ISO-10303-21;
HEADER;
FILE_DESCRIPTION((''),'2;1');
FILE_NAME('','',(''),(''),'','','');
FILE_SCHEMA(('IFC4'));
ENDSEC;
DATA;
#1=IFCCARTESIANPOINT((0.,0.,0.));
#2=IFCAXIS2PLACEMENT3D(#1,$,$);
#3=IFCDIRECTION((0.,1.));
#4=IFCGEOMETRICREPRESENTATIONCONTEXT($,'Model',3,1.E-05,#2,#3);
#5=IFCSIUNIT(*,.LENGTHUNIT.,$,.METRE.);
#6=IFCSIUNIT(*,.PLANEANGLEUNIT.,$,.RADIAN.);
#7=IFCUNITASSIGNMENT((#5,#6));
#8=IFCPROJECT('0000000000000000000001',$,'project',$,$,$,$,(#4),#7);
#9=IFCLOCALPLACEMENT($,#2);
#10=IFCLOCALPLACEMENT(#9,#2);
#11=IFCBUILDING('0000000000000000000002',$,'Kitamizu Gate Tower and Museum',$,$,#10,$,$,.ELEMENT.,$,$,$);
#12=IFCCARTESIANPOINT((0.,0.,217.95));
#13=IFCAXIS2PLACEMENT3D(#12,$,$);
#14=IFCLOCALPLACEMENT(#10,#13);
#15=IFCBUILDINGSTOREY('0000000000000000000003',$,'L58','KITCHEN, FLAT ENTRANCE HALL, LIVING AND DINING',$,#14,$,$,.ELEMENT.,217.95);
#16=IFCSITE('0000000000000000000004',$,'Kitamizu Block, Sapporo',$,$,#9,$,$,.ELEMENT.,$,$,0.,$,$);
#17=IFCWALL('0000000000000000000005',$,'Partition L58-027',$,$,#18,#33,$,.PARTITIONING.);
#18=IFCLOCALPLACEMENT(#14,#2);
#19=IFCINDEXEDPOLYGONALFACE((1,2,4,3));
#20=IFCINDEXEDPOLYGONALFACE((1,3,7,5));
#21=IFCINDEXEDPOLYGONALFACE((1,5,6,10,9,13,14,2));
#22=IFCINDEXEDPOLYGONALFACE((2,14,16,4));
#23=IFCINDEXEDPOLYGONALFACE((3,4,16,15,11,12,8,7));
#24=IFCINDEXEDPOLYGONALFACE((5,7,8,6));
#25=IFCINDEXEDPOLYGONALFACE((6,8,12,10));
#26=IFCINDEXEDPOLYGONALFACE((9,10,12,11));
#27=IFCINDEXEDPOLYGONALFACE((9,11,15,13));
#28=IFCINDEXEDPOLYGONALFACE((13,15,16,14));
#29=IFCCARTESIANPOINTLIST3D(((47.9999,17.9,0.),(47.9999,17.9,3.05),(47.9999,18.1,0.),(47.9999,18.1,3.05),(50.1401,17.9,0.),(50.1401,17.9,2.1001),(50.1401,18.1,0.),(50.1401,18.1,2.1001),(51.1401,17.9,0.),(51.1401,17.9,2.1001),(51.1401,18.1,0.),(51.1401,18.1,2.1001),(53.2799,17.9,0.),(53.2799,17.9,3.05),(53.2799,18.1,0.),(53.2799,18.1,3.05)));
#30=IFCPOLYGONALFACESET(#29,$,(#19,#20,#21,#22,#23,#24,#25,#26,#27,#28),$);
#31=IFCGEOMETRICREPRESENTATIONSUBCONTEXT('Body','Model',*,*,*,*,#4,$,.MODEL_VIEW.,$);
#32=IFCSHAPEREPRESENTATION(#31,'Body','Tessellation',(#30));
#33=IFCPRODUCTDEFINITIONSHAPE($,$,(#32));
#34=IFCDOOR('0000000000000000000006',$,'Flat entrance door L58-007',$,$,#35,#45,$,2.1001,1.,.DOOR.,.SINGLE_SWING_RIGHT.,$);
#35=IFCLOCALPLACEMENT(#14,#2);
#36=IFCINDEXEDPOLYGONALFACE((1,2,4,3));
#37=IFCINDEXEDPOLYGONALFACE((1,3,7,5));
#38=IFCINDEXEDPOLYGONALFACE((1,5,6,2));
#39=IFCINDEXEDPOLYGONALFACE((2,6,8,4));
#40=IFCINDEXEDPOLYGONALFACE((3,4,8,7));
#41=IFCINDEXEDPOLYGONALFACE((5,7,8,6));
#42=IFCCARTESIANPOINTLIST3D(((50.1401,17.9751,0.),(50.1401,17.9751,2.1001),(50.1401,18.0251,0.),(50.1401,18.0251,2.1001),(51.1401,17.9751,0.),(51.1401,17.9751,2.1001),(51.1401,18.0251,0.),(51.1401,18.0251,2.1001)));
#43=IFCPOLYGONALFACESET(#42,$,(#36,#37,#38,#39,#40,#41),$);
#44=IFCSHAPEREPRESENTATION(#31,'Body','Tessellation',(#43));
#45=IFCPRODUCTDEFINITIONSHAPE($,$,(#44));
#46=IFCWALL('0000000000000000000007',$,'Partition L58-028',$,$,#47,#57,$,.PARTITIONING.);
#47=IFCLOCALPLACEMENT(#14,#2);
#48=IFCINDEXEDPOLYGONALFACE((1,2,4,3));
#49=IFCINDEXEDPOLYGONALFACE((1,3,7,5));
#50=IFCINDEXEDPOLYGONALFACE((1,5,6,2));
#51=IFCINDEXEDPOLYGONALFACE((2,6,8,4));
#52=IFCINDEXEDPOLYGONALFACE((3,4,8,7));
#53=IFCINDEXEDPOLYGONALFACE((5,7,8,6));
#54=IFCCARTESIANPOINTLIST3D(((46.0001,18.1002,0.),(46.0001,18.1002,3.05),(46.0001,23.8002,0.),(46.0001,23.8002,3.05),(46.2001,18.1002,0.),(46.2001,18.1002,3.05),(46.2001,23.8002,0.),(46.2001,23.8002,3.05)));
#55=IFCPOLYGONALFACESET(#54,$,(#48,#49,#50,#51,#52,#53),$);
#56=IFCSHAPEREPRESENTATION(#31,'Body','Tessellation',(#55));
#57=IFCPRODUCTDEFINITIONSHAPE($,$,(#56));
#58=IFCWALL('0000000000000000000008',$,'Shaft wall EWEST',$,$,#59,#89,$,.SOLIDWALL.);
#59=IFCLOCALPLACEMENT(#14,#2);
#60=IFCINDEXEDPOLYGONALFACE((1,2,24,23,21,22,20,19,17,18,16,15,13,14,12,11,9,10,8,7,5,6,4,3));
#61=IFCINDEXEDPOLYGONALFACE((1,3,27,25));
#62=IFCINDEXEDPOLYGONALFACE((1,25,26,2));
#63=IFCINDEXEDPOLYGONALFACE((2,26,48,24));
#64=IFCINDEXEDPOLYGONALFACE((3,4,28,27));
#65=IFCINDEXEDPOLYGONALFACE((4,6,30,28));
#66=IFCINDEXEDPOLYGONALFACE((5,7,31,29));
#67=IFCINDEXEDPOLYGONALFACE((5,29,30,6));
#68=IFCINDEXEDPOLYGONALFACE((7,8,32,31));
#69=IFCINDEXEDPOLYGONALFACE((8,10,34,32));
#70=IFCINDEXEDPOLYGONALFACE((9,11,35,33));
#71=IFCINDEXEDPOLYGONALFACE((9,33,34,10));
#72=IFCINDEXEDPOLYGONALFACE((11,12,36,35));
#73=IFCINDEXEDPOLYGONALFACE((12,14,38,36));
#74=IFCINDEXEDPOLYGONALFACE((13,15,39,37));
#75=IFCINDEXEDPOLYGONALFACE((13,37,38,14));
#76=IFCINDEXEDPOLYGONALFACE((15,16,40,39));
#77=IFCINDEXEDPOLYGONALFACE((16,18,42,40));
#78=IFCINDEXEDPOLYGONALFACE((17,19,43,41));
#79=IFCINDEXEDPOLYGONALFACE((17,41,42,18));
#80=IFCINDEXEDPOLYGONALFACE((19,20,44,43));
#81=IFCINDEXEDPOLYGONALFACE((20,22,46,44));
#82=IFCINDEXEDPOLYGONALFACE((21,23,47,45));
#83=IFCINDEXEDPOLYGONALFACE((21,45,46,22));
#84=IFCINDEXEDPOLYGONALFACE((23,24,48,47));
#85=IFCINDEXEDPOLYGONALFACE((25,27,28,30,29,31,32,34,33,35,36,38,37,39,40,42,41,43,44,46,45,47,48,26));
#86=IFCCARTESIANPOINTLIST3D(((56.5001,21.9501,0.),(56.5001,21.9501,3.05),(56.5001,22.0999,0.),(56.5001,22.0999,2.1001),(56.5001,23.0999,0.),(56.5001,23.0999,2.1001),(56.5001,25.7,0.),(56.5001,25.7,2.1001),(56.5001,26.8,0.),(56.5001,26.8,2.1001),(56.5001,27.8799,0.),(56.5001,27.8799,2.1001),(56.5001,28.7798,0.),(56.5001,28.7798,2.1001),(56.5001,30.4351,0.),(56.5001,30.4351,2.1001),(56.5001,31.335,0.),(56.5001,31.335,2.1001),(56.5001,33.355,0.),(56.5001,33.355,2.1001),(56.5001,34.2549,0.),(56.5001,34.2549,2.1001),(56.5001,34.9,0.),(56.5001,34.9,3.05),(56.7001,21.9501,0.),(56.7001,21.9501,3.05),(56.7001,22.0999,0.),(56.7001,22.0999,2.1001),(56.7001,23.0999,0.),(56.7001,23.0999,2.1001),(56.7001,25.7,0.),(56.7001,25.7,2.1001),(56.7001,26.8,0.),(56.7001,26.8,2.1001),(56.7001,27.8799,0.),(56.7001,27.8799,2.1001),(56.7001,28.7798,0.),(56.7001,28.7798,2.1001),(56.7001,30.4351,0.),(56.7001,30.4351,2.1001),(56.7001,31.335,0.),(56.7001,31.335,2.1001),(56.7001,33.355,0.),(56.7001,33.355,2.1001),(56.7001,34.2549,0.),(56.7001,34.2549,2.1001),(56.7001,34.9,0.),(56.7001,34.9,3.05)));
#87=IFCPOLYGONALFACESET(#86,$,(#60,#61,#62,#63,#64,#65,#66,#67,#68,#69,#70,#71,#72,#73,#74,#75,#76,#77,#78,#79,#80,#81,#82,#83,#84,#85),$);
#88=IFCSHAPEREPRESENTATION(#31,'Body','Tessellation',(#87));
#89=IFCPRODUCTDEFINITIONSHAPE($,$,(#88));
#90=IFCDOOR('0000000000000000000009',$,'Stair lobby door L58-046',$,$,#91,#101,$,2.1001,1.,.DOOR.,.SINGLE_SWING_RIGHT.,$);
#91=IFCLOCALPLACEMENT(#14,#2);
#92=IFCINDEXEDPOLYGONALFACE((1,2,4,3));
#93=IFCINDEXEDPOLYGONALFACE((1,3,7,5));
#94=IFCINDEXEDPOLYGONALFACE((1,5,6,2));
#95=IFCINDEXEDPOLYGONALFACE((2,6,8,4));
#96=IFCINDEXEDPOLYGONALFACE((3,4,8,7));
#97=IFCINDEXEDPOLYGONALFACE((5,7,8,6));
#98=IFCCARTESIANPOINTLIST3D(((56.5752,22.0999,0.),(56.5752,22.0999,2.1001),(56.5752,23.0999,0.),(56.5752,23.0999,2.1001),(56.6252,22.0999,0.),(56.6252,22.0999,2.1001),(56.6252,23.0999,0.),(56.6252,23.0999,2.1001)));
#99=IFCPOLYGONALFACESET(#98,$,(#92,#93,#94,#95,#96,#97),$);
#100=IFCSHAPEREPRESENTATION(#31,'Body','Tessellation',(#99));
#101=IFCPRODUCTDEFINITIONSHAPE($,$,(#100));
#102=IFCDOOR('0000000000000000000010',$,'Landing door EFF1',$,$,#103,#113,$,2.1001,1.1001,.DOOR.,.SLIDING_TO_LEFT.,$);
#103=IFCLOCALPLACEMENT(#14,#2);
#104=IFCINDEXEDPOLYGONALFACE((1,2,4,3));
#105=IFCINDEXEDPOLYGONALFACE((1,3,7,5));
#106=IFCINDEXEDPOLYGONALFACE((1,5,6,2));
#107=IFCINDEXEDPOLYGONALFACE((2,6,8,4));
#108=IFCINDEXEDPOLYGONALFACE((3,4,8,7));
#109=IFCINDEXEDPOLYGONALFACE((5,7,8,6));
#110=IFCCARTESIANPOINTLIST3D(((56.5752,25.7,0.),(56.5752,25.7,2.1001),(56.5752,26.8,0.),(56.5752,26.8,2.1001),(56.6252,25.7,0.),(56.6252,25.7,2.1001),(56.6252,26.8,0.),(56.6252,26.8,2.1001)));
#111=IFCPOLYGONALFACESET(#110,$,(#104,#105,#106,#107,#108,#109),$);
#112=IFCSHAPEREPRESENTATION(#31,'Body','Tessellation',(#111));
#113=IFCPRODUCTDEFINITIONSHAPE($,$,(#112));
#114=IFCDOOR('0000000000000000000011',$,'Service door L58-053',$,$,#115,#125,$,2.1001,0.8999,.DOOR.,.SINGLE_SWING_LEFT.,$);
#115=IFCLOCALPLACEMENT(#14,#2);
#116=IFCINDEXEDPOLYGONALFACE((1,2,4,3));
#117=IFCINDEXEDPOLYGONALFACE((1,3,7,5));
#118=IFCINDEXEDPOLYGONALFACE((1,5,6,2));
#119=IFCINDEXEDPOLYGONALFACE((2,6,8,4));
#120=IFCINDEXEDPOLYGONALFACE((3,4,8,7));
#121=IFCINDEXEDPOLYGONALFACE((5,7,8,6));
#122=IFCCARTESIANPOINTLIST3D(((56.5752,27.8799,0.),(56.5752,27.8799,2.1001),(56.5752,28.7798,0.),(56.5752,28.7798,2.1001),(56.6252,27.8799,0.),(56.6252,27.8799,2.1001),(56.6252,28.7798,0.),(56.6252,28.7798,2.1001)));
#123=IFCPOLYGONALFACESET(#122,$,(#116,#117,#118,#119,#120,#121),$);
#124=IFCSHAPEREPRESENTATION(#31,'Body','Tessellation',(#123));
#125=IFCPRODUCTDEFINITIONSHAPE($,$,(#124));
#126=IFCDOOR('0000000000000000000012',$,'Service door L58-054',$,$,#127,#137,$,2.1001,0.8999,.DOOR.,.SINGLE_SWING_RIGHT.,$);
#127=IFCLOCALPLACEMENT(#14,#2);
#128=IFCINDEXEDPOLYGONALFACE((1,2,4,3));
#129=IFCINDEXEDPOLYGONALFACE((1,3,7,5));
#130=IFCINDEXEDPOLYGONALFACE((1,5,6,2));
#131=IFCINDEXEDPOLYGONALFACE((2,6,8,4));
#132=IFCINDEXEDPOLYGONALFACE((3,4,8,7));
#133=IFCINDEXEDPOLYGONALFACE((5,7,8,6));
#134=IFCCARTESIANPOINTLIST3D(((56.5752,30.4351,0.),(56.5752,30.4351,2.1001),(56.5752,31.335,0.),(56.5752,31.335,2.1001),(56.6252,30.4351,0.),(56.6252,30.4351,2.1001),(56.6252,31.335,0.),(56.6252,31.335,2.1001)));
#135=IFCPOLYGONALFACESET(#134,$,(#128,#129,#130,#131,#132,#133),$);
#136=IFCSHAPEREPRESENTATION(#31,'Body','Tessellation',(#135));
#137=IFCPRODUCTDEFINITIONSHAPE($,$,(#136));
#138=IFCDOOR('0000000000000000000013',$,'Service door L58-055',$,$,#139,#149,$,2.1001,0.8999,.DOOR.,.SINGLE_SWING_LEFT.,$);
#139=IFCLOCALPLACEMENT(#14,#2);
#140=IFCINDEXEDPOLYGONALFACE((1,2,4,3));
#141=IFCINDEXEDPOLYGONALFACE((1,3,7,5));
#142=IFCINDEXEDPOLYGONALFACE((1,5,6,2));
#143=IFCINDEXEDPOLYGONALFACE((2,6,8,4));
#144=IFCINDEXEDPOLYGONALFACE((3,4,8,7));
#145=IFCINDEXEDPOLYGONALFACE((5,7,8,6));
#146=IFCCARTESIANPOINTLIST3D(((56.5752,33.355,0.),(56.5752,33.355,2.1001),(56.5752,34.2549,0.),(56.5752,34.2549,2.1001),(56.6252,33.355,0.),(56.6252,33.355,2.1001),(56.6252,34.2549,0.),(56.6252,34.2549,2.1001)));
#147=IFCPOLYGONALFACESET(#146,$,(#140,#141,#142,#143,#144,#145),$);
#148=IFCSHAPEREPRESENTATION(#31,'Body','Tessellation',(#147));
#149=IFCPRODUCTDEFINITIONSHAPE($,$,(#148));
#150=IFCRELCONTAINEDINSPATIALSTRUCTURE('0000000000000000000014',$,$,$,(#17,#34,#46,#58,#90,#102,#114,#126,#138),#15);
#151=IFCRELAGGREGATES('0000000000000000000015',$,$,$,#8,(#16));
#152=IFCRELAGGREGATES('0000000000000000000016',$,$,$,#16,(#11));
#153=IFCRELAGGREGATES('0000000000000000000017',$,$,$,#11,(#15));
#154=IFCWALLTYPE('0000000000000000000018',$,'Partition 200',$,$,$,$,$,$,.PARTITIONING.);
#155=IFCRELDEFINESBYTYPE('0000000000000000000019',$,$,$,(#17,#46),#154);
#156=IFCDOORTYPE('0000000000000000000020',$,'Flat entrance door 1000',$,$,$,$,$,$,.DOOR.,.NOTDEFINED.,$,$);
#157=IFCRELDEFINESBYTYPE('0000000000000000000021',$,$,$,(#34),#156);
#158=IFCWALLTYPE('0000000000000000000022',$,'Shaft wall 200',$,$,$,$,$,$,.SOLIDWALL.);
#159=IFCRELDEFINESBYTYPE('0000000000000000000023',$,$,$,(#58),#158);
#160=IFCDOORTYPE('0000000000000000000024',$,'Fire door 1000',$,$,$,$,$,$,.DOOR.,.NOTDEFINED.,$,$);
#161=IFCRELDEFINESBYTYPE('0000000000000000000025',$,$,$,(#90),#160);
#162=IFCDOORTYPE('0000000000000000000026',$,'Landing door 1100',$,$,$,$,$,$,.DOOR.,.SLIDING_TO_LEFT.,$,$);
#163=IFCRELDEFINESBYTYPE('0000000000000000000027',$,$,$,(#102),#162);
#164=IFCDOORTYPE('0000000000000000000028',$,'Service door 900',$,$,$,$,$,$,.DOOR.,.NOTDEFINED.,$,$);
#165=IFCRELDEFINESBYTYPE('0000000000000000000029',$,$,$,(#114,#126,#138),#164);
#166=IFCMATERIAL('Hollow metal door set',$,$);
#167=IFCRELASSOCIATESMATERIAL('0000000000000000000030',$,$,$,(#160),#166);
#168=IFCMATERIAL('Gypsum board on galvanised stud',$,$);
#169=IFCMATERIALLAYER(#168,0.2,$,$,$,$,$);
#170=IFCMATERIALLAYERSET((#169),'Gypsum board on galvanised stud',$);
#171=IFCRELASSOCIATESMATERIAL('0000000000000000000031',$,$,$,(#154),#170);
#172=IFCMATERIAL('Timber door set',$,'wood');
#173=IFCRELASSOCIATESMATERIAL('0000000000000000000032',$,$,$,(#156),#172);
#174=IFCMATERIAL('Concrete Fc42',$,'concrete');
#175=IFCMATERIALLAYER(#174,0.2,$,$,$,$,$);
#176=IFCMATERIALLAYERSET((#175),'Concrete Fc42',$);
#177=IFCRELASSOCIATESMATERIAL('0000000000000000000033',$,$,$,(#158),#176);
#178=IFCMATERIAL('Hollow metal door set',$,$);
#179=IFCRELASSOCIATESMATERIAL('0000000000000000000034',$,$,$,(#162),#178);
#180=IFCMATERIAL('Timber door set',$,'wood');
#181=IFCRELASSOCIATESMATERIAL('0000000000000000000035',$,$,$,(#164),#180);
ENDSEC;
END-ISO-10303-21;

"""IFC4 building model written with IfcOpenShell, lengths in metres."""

from ifc_helpers import new_model, si_unit, direction, frame, frame_2d, origin, place, context, subcontext, project, spatial, rectangle, extrude, material, layer, layer_set, type_object, element, fill, save


model = new_model("IFC4")

# Units and contexts
model_context = context("Model", 3, precision=1e-05, world=origin(), true_north=direction((0.0, 1.0)))
body_context = subcontext(model_context, "Body", "Model", "MODEL_VIEW")
ifc_project = project(units=[si_unit("LENGTHUNIT", "METRE"), si_unit("PLANEANGLEUNIT", "RADIAN")], contexts=[model_context])

# Site, building, storey
site_placement = place(None, origin())
site = spatial("IfcSite", under=ifc_project, at=site_placement, Name="Kitamizu Block, Sapporo", CompositionType="ELEMENT", RefElevation=0.0)
building_placement = place(site_placement, origin())
building = spatial("IfcBuilding", under=site, at=building_placement, Name="Kitamizu Gate Tower and Museum", CompositionType="ELEMENT")
storey_placement = place(building_placement, frame((0.0, 0.0, 217.95)))
storey = spatial("IfcBuildingStorey", under=building, at=storey_placement, Name="L58", Description="KITCHEN, FLAT ENTRANCE HALL, LIVING AND DINING", CompositionType="ELEMENT", Elevation=217.95)

# Shared definitions
ifc_material_1 = material(Name="Hollow metal door set")
door_type_1 = type_object("IfcDoorType", Name="Fire door 1000", OperationType="NOTDEFINED", PredefinedType="DOOR", material=ifc_material_1)

# Shared definitions
ifc_material_2 = material(Name="Gypsum board on galvanised stud")
ifc_layer_1 = layer(ifc_material_2, 0.2)
ifc_layer_set_1 = layer_set([ifc_layer_1], Name="Gypsum board on galvanised stud")
wall_type_1 = type_object("IfcWallType", Name="Partition 200", PredefinedType="PARTITIONING", material=ifc_layer_set_1)

# Wall, opening, door
wall_1_placement = place(storey_placement, frame((53.28, 18.0, 0.0), z_axis=(0.0, 0.0, 1.0), x_axis=(-1.0, 0.0, 0.0)))
wall_1 = element("IfcWall", 1, at=wall_1_placement, inside=storey, type_object=wall_type_1, Name="Partition L58-027", PredefinedType="PARTITIONING", context=body_context, shape_type="SweptSolid", body=[
    extrude(rectangle(XDim=5.28, YDim=0.2, at=frame_2d((2.6401, 0.0))), origin(), (0.0, 0.0, 1.0), 3.05),
])
opening_1_placement = place(wall_1_placement, frame((2.1399, 0.0, 0.0)))
opening_1 = element("IfcOpeningElement", 2, at=opening_1_placement, cuts=wall_1, PredefinedType="OPENING", context=body_context, shape_type="SweptSolid", body=[
    extrude(rectangle(XDim=1.0, YDim=2.1001, at=frame_2d((0.5, 1.05))), frame((0.0, 0.1099, 0.0), z_axis=(0.0, -1.0, 0.0), x_axis=(1.0, 0.0, 0.0)), (0.0, 0.0, 1.0), 0.22),
])
ifc_material_3 = material(Name="Timber door set", Category="wood")
door_type_2 = type_object("IfcDoorType", Name="Flat entrance door 1000", OperationType="NOTDEFINED", PredefinedType="DOOR", material=ifc_material_3)
door_1_placement = place(opening_1_placement, origin())
door_1 = element("IfcDoor", 3, at=door_1_placement, inside=storey, type_object=door_type_2, Name="Flat entrance door L58-007", OperationType="SINGLE_SWING_RIGHT", OverallHeight=2.1001, OverallWidth=1.0, PredefinedType="DOOR", context=body_context, shape_type="SweptSolid", body=[
    extrude(rectangle(XDim=1.0, YDim=2.1001, at=frame_2d((0.5, 1.05))), frame((0.0, 0.0249, 0.0), z_axis=(0.0, -1.0, 0.0), x_axis=(1.0, 0.0, 0.0)), (0.0, 0.0, 1.0), 0.05),
])
fill(opening_1, door_1)

# Wall
wall_2_placement = place(storey_placement, frame((46.1001, 18.1001, 0.0), z_axis=(0.0, 0.0, 1.0), x_axis=(0.0, 1.0, 0.0)))
element("IfcWall", 4, at=wall_2_placement, inside=storey, type_object=wall_type_1, Name="Partition L58-028", PredefinedType="PARTITIONING", context=body_context, shape_type="SweptSolid", body=[
    extrude(rectangle(XDim=5.7, YDim=0.2, at=frame_2d((2.8501, 0.0))), origin(), (0.0, 0.0, 1.0), 3.05),
])

# Wall, openings, doors
ifc_material_4 = material(Name="Concrete Fc42", Category="concrete")
ifc_layer_2 = layer(ifc_material_4, 0.2)
ifc_layer_set_2 = layer_set([ifc_layer_2], Name="Concrete Fc42")
wall_type_2 = type_object("IfcWallType", Name="Shaft wall 200", PredefinedType="SOLIDWALL", material=ifc_layer_set_2)
wall_3_placement = place(storey_placement, frame((56.6001, 21.95, 0.0), z_axis=(0.0, 0.0, 1.0), x_axis=(0.0, 1.0, 0.0)))
wall_3 = element("IfcWall", 5, at=wall_3_placement, inside=storey, type_object=wall_type_2, Name="Shaft wall EWEST", PredefinedType="SOLIDWALL", context=body_context, shape_type="SweptSolid", body=[
    extrude(rectangle(XDim=12.95, YDim=0.2, at=frame_2d((6.4751, 0.0))), origin(), (0.0, 0.0, 1.0), 3.05),
])
opening_2_placement = place(wall_3_placement, frame((3.75, 0.0, 0.0)))
opening_2 = element("IfcOpeningElement", 6, at=opening_2_placement, cuts=wall_3, PredefinedType="OPENING", context=body_context, shape_type="SweptSolid", body=[
    extrude(rectangle(XDim=1.1001, YDim=2.1001, at=frame_2d((0.55, 1.05))), frame((0.0, 0.1099, 0.0), z_axis=(0.0, -1.0, 0.0), x_axis=(1.0, 0.0, 0.0)), (0.0, 0.0, 1.0), 0.22),
])
opening_3_placement = place(wall_3_placement, frame((0.1499, 0.0, 0.0)))
opening_3 = element("IfcOpeningElement", 7, at=opening_3_placement, cuts=wall_3, PredefinedType="OPENING", context=body_context, shape_type="SweptSolid", body=[
    extrude(rectangle(XDim=1.0, YDim=2.1001, at=frame_2d((0.5, 1.05))), frame((0.0, 0.1099, 0.0), z_axis=(0.0, -1.0, 0.0), x_axis=(1.0, 0.0, 0.0)), (0.0, 0.0, 1.0), 0.22),
])
opening_4_placement = place(wall_3_placement, frame((5.9299, 0.0, 0.0)))
opening_4 = element("IfcOpeningElement", 8, at=opening_4_placement, cuts=wall_3, PredefinedType="OPENING", context=body_context, shape_type="SweptSolid", body=[
    extrude(rectangle(XDim=0.8999, YDim=2.1001, at=frame_2d((0.45, 1.05))), frame((0.0, 0.1099, 0.0), z_axis=(0.0, -1.0, 0.0), x_axis=(1.0, 0.0, 0.0)), (0.0, 0.0, 1.0), 0.22),
])
opening_5_placement = place(wall_3_placement, frame((8.4851, 0.0, 0.0)))
opening_5 = element("IfcOpeningElement", 9, at=opening_5_placement, cuts=wall_3, PredefinedType="OPENING", context=body_context, shape_type="SweptSolid", body=[
    extrude(rectangle(XDim=0.8999, YDim=2.1001, at=frame_2d((0.45, 1.05))), frame((0.0, 0.1099, 0.0), z_axis=(0.0, -1.0, 0.0), x_axis=(1.0, 0.0, 0.0)), (0.0, 0.0, 1.0), 0.22),
])
opening_6_placement = place(wall_3_placement, frame((11.405, 0.0, 0.0)))
opening_6 = element("IfcOpeningElement", 10, at=opening_6_placement, cuts=wall_3, PredefinedType="OPENING", context=body_context, shape_type="SweptSolid", body=[
    extrude(rectangle(XDim=0.8999, YDim=2.1001, at=frame_2d((0.45, 1.05))), frame((0.0, 0.1099, 0.0), z_axis=(0.0, -1.0, 0.0), x_axis=(1.0, 0.0, 0.0)), (0.0, 0.0, 1.0), 0.22),
])
door_2_placement = place(opening_3_placement, origin())
door_2 = element("IfcDoor", 11, at=door_2_placement, inside=storey, type_object=door_type_1, Name="Stair lobby door L58-046", OperationType="SINGLE_SWING_RIGHT", OverallHeight=2.1001, OverallWidth=1.0, PredefinedType="DOOR", context=body_context, shape_type="SweptSolid", body=[
    extrude(rectangle(XDim=1.0, YDim=2.1001, at=frame_2d((0.5, 1.05))), frame((0.0, 0.0249, 0.0), z_axis=(0.0, -1.0, 0.0), x_axis=(1.0, 0.0, 0.0)), (0.0, 0.0, 1.0), 0.05),
])
fill(opening_3, door_2)
ifc_material_5 = material(Name="Hollow metal door set")
door_type_3 = type_object("IfcDoorType", Name="Landing door 1100", OperationType="SLIDING_TO_LEFT", PredefinedType="DOOR", material=ifc_material_5)
door_3_placement = place(opening_2_placement, origin())
door_3 = element("IfcDoor", 12, at=door_3_placement, inside=storey, type_object=door_type_3, Name="Landing door EFF1", OperationType="SLIDING_TO_LEFT", OverallHeight=2.1001, OverallWidth=1.1001, PredefinedType="DOOR", context=body_context, shape_type="SweptSolid", body=[
    extrude(rectangle(XDim=1.1001, YDim=2.1001, at=frame_2d((0.55, 1.05))), frame((0.0, 0.0249, 0.0), z_axis=(0.0, -1.0, 0.0), x_axis=(1.0, 0.0, 0.0)), (0.0, 0.0, 1.0), 0.05),
])
fill(opening_2, door_3)
ifc_material_6 = material(Name="Timber door set", Category="wood")
door_type_4 = type_object("IfcDoorType", Name="Service door 900", OperationType="NOTDEFINED", PredefinedType="DOOR", material=ifc_material_6)
door_4_placement = place(opening_4_placement, origin())
door_4 = element("IfcDoor", 13, at=door_4_placement, inside=storey, type_object=door_type_4, Name="Service door L58-053", OperationType="SINGLE_SWING_LEFT", OverallHeight=2.1001, OverallWidth=0.8999, PredefinedType="DOOR", context=body_context, shape_type="SweptSolid", body=[
    extrude(rectangle(XDim=0.8999, YDim=2.1001, at=frame_2d((0.45, 1.05))), frame((0.0, 0.0249, 0.0), z_axis=(0.0, -1.0, 0.0), x_axis=(1.0, 0.0, 0.0)), (0.0, 0.0, 1.0), 0.05),
])
fill(opening_4, door_4)
door_5_placement = place(opening_5_placement, origin())
door_5 = element("IfcDoor", 14, at=door_5_placement, inside=storey, type_object=door_type_4, Name="Service door L58-054", OperationType="SINGLE_SWING_RIGHT", OverallHeight=2.1001, OverallWidth=0.8999, PredefinedType="DOOR", context=body_context, shape_type="SweptSolid", body=[
    extrude(rectangle(XDim=0.8999, YDim=2.1001, at=frame_2d((0.45, 1.05))), frame((0.0, 0.0249, 0.0), z_axis=(0.0, -1.0, 0.0), x_axis=(1.0, 0.0, 0.0)), (0.0, 0.0, 1.0), 0.05),
])
fill(opening_5, door_5)
door_6_placement = place(opening_6_placement, origin())
door_6 = element("IfcDoor", 15, at=door_6_placement, inside=storey, type_object=door_type_4, Name="Service door L58-055", OperationType="SINGLE_SWING_LEFT", OverallHeight=2.1001, OverallWidth=0.8999, PredefinedType="DOOR", context=body_context, shape_type="SweptSolid", body=[
    extrude(rectangle(XDim=0.8999, YDim=2.1001, at=frame_2d((0.45, 1.05))), frame((0.0, 0.0249, 0.0), z_axis=(0.0, -1.0, 0.0), x_axis=(1.0, 0.0, 0.0)), (0.0, 0.0, 1.0), 0.05),
])
fill(opening_6, door_6)

save(model, "model.ifc")
